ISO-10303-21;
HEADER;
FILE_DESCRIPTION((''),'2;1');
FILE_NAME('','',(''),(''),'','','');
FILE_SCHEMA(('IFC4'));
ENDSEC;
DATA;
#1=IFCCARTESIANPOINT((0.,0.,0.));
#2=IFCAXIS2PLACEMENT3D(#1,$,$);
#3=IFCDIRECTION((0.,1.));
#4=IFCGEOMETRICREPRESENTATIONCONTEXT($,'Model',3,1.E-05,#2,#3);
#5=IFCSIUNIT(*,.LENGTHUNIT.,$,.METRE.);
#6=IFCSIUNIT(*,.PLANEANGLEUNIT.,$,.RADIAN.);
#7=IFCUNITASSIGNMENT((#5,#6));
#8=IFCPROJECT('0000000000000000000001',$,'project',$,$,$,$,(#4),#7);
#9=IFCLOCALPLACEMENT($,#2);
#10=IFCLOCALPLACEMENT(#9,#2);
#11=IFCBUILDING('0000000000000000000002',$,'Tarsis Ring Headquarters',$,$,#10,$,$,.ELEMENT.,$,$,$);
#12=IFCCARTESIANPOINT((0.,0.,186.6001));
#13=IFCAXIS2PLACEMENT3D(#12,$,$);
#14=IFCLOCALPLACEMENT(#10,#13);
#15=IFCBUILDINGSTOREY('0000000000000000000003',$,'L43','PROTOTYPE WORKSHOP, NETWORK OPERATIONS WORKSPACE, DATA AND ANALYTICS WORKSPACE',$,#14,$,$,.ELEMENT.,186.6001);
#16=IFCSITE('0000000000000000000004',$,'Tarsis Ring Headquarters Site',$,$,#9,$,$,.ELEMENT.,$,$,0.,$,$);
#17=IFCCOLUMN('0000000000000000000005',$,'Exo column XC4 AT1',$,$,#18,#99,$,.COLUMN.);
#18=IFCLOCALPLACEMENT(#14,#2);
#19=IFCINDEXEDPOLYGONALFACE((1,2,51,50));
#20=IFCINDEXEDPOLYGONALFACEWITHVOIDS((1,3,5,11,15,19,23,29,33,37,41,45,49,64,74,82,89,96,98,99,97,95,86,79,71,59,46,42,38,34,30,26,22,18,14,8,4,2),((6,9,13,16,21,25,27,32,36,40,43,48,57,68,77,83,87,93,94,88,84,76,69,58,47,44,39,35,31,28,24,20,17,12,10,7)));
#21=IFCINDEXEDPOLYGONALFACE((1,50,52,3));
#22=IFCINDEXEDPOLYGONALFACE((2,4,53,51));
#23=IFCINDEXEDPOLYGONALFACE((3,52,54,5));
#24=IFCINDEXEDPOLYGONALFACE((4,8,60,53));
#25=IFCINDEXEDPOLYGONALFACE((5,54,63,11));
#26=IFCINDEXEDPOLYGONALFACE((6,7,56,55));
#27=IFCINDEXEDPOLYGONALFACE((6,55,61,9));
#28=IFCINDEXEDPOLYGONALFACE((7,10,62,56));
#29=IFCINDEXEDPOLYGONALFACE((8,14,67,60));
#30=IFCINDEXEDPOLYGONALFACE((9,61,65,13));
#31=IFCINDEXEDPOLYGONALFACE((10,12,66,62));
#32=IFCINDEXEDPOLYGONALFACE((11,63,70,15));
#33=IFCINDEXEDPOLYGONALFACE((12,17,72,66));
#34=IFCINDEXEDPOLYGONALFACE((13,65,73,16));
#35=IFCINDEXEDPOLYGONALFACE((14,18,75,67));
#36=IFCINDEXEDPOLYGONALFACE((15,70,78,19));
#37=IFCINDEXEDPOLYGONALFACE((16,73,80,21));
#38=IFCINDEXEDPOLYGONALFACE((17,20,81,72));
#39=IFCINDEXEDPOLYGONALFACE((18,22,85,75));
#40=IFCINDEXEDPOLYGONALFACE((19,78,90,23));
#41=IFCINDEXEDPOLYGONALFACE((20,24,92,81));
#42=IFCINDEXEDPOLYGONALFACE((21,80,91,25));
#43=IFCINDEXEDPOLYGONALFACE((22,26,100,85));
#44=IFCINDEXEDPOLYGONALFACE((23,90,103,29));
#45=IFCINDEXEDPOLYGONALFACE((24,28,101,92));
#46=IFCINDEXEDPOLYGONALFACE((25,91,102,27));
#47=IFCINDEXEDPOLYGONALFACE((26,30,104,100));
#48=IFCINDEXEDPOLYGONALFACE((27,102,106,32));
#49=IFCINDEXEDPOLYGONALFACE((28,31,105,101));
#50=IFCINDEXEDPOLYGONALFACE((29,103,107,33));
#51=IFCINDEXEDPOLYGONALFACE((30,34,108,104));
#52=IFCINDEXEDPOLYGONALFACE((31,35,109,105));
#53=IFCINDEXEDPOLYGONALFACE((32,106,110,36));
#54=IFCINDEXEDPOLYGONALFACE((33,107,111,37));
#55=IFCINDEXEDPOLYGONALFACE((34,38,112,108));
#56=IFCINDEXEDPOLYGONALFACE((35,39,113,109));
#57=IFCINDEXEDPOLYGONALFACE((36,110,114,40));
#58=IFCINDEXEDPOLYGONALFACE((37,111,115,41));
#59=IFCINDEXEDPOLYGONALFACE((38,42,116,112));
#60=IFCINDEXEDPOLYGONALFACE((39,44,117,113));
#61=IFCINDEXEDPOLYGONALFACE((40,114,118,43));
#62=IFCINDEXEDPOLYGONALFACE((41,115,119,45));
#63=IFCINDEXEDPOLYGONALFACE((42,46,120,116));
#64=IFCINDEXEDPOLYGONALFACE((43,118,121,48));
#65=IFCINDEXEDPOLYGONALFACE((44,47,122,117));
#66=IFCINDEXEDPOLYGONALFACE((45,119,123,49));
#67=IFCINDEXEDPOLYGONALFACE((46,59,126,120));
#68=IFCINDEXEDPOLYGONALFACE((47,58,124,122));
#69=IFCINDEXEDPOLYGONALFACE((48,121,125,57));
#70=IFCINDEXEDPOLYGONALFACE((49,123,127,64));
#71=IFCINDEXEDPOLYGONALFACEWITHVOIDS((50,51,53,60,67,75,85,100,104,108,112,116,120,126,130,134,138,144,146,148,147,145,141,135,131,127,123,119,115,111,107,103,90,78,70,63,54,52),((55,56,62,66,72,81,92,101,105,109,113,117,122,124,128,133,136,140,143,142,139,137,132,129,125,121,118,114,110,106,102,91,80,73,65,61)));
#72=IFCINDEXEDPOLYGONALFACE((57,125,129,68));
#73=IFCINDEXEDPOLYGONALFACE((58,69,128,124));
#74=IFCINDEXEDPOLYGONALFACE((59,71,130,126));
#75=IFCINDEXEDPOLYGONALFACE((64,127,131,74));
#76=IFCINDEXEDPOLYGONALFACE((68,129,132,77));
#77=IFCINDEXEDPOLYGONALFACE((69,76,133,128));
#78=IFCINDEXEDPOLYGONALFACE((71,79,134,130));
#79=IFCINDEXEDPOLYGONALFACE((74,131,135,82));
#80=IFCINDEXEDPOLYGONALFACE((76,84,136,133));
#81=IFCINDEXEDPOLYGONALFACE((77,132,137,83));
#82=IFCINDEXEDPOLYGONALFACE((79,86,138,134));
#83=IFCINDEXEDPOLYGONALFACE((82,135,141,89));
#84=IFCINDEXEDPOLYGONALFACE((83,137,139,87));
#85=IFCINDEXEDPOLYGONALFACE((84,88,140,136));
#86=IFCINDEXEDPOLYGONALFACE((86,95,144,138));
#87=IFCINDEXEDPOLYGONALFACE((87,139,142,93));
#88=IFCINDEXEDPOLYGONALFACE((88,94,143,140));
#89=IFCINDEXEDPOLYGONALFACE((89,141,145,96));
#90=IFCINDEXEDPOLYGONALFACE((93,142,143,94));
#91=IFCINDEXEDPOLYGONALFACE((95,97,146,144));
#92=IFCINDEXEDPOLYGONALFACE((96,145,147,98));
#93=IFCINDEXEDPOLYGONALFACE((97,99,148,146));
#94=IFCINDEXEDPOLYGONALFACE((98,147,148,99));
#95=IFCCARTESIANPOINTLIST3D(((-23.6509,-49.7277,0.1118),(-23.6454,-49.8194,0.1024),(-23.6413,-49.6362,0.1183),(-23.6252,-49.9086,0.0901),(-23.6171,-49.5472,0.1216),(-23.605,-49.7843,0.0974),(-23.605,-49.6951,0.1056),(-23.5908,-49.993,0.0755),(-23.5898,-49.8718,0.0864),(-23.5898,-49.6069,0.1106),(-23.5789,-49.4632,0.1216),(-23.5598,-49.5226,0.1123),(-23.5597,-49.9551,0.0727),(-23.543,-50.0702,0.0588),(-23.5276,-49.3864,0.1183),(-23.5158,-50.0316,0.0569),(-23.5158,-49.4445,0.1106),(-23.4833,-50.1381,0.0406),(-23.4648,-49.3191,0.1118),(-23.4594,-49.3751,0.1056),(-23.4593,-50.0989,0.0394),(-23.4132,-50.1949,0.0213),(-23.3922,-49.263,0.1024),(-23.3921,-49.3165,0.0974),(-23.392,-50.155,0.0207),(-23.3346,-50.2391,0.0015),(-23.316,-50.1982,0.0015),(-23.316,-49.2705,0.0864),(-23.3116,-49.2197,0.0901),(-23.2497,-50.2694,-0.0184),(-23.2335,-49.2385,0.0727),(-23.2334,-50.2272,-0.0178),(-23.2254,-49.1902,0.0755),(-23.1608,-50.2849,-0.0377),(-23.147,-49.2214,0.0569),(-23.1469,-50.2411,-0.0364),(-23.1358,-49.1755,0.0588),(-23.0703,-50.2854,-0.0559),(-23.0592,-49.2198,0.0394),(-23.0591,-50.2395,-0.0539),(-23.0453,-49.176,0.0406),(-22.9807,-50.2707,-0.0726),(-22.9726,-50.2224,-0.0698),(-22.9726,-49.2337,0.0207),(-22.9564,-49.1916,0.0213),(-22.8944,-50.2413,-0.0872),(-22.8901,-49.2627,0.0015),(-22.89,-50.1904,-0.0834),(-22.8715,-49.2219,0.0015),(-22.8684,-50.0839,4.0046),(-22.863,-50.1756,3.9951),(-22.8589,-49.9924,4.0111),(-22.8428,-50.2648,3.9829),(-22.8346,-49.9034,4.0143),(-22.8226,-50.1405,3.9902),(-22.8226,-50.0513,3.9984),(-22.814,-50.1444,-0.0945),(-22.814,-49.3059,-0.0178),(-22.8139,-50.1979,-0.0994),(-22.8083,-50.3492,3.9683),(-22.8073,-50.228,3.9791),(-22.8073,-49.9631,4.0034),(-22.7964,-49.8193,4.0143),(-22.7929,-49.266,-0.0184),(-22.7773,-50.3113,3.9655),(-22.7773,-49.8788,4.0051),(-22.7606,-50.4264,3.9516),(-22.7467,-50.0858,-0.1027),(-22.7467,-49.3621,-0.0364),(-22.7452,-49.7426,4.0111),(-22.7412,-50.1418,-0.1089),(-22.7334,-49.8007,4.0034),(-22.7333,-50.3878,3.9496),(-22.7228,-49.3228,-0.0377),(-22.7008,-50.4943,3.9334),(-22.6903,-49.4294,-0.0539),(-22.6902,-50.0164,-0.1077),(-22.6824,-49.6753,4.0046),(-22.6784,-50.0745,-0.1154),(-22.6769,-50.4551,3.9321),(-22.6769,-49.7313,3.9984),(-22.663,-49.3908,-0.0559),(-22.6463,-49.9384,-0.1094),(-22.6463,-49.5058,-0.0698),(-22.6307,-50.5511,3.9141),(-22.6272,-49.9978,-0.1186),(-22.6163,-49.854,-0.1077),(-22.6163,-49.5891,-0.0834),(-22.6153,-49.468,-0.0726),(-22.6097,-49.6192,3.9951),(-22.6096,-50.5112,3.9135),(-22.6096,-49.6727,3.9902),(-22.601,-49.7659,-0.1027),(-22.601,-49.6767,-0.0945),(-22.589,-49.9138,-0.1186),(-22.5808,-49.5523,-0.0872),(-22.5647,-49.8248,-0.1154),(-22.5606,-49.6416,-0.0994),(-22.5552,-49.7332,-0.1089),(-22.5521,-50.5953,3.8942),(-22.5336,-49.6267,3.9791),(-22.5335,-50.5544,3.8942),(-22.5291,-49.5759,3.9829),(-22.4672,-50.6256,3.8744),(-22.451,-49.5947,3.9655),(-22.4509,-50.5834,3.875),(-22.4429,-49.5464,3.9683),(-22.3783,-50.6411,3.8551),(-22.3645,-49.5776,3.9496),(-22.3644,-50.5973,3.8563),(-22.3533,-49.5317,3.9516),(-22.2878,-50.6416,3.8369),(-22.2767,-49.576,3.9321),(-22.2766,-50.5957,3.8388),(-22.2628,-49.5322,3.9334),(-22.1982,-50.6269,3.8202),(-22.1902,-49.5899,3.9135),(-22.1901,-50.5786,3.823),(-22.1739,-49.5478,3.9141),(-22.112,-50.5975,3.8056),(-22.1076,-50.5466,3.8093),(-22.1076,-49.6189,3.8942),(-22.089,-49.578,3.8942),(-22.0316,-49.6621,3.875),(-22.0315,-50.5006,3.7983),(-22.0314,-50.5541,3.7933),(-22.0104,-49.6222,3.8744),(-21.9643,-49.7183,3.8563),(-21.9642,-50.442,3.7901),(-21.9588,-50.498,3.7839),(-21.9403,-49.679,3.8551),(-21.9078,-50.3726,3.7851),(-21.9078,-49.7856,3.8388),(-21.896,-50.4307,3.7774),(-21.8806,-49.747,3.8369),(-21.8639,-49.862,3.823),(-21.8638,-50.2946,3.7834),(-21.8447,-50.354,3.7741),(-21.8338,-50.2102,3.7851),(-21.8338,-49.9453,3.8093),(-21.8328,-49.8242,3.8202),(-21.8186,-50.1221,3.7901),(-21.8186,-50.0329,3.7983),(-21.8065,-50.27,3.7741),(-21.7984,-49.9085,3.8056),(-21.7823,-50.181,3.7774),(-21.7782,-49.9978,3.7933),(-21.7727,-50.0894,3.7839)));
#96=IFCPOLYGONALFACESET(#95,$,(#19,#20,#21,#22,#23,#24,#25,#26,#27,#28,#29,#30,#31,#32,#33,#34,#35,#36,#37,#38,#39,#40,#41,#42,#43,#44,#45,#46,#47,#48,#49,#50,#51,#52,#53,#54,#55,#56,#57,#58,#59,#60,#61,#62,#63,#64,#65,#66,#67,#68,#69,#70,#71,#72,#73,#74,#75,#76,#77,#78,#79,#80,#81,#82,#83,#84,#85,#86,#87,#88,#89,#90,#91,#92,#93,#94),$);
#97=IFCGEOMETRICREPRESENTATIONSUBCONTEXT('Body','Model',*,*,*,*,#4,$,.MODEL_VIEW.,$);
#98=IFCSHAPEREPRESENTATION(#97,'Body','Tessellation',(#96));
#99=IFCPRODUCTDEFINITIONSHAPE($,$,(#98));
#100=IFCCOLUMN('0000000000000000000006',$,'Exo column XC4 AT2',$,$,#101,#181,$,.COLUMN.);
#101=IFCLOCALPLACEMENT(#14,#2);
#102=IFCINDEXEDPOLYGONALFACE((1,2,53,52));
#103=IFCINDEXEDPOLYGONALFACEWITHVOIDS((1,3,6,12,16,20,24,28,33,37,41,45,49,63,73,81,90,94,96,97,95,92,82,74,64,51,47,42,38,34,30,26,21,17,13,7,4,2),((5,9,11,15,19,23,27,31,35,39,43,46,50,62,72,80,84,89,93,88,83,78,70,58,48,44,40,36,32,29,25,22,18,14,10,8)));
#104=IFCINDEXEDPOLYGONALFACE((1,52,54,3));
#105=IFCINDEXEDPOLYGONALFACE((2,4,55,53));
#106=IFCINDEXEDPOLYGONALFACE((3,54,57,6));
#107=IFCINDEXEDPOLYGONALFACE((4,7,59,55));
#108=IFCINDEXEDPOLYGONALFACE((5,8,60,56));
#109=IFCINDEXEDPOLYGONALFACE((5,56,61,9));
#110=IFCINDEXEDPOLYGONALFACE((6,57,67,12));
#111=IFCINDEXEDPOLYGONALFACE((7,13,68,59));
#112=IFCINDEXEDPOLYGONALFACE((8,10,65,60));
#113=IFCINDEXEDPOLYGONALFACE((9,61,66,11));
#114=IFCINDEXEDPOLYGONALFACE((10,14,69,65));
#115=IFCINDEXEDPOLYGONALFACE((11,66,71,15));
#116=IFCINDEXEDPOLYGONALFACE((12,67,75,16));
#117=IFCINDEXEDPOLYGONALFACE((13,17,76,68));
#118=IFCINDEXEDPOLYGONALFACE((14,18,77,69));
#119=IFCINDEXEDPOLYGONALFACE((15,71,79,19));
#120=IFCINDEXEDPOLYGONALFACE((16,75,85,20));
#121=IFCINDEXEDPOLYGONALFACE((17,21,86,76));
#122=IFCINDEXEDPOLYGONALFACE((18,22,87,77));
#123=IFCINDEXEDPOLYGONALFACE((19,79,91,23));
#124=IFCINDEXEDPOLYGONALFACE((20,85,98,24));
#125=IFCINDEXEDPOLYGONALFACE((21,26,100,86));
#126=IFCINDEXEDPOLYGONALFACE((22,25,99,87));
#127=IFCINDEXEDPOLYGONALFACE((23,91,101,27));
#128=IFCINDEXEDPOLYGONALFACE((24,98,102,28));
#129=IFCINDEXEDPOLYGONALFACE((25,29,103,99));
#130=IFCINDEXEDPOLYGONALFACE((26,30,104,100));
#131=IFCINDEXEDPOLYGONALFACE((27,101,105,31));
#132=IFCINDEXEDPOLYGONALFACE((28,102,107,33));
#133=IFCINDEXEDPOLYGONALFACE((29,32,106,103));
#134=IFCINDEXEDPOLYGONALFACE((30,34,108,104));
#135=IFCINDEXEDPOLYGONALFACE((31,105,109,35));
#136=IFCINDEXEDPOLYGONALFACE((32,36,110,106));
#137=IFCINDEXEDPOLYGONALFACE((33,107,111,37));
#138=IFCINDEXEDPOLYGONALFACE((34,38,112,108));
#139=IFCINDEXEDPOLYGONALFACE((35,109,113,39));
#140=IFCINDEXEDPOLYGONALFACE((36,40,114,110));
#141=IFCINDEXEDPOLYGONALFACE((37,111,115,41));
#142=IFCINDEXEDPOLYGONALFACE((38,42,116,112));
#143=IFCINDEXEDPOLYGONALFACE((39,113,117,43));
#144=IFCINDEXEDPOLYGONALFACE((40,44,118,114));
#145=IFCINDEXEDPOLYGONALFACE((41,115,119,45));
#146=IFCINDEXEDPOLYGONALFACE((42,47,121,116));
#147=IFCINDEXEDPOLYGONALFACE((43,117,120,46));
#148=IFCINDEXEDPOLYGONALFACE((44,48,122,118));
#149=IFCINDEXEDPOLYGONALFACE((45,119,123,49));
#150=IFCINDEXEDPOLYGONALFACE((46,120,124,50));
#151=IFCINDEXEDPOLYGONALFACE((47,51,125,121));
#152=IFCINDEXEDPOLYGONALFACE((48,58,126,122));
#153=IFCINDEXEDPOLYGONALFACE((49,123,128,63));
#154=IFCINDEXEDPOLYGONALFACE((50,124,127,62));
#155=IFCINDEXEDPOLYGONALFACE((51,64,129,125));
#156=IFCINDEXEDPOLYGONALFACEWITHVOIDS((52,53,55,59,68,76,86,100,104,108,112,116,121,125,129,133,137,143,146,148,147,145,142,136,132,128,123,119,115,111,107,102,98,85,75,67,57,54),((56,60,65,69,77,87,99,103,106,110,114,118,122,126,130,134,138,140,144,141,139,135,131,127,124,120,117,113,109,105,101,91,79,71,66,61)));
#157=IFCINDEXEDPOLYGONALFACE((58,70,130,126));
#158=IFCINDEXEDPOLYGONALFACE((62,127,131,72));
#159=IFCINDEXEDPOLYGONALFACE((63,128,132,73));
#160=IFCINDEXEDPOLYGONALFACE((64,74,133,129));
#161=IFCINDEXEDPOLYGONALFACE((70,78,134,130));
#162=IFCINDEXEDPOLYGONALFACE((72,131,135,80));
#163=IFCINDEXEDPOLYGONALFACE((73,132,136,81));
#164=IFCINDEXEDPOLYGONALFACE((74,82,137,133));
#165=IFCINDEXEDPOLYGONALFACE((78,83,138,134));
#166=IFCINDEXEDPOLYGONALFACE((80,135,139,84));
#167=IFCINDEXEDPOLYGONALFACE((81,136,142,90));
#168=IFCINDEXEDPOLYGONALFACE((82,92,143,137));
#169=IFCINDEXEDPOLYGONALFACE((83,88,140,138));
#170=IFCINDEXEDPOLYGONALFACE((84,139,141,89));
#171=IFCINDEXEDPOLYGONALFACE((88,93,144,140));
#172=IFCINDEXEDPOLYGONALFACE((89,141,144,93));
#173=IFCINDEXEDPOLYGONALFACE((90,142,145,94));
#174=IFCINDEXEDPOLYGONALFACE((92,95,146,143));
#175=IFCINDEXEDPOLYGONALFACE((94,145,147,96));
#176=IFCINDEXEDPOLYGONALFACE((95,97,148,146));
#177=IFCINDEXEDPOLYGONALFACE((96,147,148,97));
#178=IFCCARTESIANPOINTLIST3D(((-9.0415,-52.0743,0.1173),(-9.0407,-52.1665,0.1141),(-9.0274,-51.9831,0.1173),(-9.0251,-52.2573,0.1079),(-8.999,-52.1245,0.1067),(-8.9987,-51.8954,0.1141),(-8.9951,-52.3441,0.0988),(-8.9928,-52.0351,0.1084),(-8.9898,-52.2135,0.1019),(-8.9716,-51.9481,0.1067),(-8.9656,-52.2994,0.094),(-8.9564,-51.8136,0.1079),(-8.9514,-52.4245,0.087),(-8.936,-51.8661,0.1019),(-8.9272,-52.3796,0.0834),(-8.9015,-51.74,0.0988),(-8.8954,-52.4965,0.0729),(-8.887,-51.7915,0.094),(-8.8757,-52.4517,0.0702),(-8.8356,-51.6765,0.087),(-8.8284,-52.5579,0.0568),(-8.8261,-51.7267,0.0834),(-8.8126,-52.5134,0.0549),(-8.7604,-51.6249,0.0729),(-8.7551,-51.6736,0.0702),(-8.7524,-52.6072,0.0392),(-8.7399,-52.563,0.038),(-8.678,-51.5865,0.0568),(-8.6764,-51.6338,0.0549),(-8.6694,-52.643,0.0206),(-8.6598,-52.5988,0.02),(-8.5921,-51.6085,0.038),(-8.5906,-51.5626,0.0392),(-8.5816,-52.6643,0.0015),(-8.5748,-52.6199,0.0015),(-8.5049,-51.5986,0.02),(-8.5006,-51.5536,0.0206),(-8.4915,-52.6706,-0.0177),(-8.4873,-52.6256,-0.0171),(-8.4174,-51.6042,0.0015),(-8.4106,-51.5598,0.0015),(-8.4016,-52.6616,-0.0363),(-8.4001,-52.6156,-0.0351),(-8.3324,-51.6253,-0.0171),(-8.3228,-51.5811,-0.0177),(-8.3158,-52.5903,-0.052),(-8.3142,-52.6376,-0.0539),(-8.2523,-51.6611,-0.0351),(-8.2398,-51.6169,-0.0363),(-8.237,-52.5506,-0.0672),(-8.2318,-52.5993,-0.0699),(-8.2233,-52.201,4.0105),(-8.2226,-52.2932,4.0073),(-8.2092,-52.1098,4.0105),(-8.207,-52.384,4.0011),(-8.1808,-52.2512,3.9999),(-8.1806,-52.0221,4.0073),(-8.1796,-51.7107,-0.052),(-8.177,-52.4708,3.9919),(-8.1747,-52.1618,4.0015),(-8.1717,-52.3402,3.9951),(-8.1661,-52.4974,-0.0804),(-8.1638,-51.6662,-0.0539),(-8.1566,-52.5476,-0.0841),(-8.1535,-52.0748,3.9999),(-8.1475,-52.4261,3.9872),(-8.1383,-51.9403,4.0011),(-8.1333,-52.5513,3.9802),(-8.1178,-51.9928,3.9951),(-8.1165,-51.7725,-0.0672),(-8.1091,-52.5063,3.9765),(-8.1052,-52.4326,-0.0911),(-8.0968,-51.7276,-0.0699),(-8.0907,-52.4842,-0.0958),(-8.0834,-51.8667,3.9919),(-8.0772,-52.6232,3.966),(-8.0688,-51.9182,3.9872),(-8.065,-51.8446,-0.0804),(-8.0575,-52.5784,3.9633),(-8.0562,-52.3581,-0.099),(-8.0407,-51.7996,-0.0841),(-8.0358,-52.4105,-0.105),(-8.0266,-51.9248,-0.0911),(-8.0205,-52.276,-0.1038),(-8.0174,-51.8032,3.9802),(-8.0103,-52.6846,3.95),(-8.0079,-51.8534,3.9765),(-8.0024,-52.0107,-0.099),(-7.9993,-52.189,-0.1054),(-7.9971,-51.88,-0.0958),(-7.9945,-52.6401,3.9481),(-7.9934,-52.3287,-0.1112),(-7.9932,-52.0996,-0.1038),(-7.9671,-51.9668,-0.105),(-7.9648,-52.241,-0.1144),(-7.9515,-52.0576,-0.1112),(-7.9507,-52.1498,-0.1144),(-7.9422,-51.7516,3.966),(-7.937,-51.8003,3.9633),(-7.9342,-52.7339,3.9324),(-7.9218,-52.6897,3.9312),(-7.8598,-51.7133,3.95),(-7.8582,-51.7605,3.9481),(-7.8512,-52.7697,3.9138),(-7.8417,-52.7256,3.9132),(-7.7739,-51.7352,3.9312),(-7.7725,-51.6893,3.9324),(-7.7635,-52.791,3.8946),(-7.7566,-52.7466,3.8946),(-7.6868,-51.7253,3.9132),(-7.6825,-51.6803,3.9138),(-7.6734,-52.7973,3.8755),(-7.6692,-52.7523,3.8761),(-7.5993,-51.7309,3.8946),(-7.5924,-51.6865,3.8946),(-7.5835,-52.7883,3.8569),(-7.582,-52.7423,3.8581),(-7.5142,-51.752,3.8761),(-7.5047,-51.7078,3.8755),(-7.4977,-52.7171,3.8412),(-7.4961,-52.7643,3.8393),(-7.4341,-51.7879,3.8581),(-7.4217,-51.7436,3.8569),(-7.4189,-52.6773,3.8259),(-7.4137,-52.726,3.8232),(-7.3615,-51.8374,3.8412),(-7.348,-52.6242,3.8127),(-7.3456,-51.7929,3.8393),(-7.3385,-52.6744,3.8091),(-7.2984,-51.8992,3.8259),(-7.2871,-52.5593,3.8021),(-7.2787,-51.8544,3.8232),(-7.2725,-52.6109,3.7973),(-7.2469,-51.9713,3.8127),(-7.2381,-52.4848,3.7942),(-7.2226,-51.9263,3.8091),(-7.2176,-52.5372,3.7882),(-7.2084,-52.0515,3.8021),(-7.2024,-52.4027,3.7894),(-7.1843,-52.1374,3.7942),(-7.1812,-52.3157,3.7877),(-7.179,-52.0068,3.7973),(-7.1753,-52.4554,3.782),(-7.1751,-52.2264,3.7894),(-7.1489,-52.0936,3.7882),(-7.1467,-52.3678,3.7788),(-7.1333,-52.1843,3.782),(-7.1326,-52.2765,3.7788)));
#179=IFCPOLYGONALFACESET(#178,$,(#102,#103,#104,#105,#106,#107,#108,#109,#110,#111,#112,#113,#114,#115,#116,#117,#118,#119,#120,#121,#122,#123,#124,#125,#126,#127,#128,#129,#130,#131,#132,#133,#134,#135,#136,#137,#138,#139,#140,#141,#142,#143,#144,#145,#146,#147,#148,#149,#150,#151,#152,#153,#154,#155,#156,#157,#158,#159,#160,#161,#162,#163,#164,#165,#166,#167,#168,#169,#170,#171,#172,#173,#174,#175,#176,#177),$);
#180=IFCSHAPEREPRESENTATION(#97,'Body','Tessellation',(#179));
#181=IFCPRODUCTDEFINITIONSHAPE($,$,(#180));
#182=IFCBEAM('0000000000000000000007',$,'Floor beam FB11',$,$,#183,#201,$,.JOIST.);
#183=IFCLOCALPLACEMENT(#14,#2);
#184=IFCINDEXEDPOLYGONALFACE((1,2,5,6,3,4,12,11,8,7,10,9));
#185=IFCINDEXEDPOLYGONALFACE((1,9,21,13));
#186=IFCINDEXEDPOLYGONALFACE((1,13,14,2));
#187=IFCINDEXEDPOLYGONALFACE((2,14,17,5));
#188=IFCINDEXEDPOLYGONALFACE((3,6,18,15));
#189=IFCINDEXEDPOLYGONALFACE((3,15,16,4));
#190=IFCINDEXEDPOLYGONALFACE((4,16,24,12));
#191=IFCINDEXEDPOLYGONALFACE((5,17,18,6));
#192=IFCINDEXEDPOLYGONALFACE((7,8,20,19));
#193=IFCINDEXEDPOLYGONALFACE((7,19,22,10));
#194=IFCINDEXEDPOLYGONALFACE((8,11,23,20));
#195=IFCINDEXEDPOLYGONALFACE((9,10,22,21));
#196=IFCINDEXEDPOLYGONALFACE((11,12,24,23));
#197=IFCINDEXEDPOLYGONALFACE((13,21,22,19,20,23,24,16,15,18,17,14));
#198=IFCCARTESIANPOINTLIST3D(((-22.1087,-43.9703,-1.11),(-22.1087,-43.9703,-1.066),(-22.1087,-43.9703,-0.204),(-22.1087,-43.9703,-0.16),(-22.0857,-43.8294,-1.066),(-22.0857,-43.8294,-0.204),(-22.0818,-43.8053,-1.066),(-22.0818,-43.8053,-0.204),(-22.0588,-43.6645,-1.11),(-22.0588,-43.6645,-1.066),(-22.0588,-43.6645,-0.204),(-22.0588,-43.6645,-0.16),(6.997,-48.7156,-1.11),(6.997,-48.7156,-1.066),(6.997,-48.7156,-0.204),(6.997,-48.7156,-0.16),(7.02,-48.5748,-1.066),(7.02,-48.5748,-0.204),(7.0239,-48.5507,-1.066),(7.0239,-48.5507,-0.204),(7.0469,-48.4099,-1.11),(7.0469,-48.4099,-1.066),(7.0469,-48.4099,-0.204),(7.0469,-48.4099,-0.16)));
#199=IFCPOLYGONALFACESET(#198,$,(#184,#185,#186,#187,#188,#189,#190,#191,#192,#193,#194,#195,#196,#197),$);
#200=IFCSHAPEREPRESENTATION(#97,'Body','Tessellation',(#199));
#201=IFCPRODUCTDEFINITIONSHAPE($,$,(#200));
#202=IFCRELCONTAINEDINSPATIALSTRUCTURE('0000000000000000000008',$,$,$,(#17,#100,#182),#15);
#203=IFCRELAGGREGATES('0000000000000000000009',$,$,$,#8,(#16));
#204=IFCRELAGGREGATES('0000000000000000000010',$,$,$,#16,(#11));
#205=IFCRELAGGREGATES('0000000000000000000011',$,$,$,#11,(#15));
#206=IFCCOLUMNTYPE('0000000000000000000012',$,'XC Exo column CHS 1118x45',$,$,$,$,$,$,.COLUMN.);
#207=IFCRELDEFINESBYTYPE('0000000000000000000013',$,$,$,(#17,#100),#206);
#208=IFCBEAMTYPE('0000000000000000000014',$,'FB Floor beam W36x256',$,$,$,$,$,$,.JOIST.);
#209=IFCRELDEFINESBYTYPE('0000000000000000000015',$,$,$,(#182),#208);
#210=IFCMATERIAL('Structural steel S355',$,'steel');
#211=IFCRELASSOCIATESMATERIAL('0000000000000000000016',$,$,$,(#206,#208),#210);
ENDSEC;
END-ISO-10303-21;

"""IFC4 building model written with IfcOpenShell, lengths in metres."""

from ifc_helpers import new_model, si_unit, direction, frame, origin, origin_2d, place, context, subcontext, project, spatial, hollow_circle, i_section, extrude, material, material_profile, profile_set, type_object, element, save


model = new_model("IFC4")

# Units and contexts
model_context = context("Model", 3, precision=1e-05, world=origin(), true_north=direction((0.0, 1.0)))
body_context = subcontext(model_context, "Body", "Model", "MODEL_VIEW")
ifc_project = project(units=[si_unit("LENGTHUNIT", "METRE"), si_unit("PLANEANGLEUNIT", "RADIAN")], contexts=[model_context])

# Site, building, storey
site_placement = place(None, origin())
site = spatial("IfcSite", under=ifc_project, at=site_placement, Name="Tarsis Ring Headquarters Site", CompositionType="ELEMENT", RefElevation=0.0)
building_placement = place(site_placement, origin())
building = spatial("IfcBuilding", under=site, at=building_placement, Name="Tarsis Ring Headquarters", CompositionType="ELEMENT")
storey_placement = place(building_placement, frame((0.0, 0.0, 186.6001)))
storey = spatial("IfcBuildingStorey", under=building, at=storey_placement, Name="L43", Description="PROTOTYPE WORKSHOP, NETWORK OPERATIONS WORKSPACE, DATA AND ANALYTICS WORKSPACE", CompositionType="ELEMENT", Elevation=186.6001)

# Columns
ifc_material_1 = material(Name="Structural steel S355", Category="steel")
ifc_material_profile_1 = material_profile(ifc_material_1, hollow_circle(Radius=0.5588, WallThickness=0.0449, at=origin_2d()), Name="CHS 1118x45")
ifc_profile_set_1 = profile_set([ifc_material_profile_1], Name="Structural steel S355")
column_type = type_object("IfcColumnType", Name="XC Exo column CHS 1118x45", PredefinedType="COLUMN", material=ifc_profile_set_1)
column_1_placement = place(storey_placement, frame((-23.103, -49.7305, 0.0015), z_axis=(0.196274, -0.089349, 0.97647), x_axis=(0.414316, 0.910133, 0.0)))
element("IfcColumn", 1, at=column_1_placement, inside=storey, type_object=column_type, Name="Exo column XC4 AT1", PredefinedType="COLUMN", context=body_context, shape_type="SweptSolid", body=[
    extrude(hollow_circle(Radius=0.5588, WallThickness=0.0449, at=origin_2d()), origin(), (0.0, 0.0, 1.0), 3.9866),
])
column_2_placement = place(storey_placement, frame((-8.4961, -52.1121, 0.0015), z_axis=(0.205551, -0.031835, 0.978129), x_axis=(0.153054, 0.988218, 0.0)))
element("IfcColumn", 2, at=column_2_placement, inside=storey, type_object=column_type, Name="Exo column XC4 AT2", PredefinedType="COLUMN", context=body_context, shape_type="SweptSolid", body=[
    extrude(hollow_circle(Radius=0.5588, WallThickness=0.0449, at=origin_2d()), origin(), (0.0, 0.0, 1.0), 3.9802),
])

# Beam
ifc_material_profile_2 = material_profile(ifc_material_1, i_section(OverallWidth=0.3098, OverallDepth=0.95, WebThickness=0.0244, FlangeThickness=0.0439, at=origin_2d()), Name="W36x256")
ifc_profile_set_2 = profile_set([ifc_material_profile_2], Name="Structural steel S355")
beam_type_1 = type_object("IfcBeamType", Name="FB Floor beam W36x256", PredefinedType="JOIST", material=ifc_profile_set_2)
for number, where, z_axis, x_axis, name in (
    (3, (-22.0837, -43.8174, -0.635), (0.986968, -0.160914, 0.0), (0.160914, 0.986968, 0.0), "Floor beam FB11"),
):
    element("IfcBeam", number, at=place(storey_placement, frame(where, z_axis=z_axis, x_axis=x_axis)), inside=storey, type_object=beam_type_1, Name=name, PredefinedType="JOIST", context=body_context, shape_type="SweptSolid", body=[
        extrude(i_section(OverallWidth=0.3098, OverallDepth=0.95, WebThickness=0.0244, FlangeThickness=0.0439, at=origin_2d()), origin(), (0.0, 0.0, 1.0), 29.49),
    ])

save(model, "model.ifc")
